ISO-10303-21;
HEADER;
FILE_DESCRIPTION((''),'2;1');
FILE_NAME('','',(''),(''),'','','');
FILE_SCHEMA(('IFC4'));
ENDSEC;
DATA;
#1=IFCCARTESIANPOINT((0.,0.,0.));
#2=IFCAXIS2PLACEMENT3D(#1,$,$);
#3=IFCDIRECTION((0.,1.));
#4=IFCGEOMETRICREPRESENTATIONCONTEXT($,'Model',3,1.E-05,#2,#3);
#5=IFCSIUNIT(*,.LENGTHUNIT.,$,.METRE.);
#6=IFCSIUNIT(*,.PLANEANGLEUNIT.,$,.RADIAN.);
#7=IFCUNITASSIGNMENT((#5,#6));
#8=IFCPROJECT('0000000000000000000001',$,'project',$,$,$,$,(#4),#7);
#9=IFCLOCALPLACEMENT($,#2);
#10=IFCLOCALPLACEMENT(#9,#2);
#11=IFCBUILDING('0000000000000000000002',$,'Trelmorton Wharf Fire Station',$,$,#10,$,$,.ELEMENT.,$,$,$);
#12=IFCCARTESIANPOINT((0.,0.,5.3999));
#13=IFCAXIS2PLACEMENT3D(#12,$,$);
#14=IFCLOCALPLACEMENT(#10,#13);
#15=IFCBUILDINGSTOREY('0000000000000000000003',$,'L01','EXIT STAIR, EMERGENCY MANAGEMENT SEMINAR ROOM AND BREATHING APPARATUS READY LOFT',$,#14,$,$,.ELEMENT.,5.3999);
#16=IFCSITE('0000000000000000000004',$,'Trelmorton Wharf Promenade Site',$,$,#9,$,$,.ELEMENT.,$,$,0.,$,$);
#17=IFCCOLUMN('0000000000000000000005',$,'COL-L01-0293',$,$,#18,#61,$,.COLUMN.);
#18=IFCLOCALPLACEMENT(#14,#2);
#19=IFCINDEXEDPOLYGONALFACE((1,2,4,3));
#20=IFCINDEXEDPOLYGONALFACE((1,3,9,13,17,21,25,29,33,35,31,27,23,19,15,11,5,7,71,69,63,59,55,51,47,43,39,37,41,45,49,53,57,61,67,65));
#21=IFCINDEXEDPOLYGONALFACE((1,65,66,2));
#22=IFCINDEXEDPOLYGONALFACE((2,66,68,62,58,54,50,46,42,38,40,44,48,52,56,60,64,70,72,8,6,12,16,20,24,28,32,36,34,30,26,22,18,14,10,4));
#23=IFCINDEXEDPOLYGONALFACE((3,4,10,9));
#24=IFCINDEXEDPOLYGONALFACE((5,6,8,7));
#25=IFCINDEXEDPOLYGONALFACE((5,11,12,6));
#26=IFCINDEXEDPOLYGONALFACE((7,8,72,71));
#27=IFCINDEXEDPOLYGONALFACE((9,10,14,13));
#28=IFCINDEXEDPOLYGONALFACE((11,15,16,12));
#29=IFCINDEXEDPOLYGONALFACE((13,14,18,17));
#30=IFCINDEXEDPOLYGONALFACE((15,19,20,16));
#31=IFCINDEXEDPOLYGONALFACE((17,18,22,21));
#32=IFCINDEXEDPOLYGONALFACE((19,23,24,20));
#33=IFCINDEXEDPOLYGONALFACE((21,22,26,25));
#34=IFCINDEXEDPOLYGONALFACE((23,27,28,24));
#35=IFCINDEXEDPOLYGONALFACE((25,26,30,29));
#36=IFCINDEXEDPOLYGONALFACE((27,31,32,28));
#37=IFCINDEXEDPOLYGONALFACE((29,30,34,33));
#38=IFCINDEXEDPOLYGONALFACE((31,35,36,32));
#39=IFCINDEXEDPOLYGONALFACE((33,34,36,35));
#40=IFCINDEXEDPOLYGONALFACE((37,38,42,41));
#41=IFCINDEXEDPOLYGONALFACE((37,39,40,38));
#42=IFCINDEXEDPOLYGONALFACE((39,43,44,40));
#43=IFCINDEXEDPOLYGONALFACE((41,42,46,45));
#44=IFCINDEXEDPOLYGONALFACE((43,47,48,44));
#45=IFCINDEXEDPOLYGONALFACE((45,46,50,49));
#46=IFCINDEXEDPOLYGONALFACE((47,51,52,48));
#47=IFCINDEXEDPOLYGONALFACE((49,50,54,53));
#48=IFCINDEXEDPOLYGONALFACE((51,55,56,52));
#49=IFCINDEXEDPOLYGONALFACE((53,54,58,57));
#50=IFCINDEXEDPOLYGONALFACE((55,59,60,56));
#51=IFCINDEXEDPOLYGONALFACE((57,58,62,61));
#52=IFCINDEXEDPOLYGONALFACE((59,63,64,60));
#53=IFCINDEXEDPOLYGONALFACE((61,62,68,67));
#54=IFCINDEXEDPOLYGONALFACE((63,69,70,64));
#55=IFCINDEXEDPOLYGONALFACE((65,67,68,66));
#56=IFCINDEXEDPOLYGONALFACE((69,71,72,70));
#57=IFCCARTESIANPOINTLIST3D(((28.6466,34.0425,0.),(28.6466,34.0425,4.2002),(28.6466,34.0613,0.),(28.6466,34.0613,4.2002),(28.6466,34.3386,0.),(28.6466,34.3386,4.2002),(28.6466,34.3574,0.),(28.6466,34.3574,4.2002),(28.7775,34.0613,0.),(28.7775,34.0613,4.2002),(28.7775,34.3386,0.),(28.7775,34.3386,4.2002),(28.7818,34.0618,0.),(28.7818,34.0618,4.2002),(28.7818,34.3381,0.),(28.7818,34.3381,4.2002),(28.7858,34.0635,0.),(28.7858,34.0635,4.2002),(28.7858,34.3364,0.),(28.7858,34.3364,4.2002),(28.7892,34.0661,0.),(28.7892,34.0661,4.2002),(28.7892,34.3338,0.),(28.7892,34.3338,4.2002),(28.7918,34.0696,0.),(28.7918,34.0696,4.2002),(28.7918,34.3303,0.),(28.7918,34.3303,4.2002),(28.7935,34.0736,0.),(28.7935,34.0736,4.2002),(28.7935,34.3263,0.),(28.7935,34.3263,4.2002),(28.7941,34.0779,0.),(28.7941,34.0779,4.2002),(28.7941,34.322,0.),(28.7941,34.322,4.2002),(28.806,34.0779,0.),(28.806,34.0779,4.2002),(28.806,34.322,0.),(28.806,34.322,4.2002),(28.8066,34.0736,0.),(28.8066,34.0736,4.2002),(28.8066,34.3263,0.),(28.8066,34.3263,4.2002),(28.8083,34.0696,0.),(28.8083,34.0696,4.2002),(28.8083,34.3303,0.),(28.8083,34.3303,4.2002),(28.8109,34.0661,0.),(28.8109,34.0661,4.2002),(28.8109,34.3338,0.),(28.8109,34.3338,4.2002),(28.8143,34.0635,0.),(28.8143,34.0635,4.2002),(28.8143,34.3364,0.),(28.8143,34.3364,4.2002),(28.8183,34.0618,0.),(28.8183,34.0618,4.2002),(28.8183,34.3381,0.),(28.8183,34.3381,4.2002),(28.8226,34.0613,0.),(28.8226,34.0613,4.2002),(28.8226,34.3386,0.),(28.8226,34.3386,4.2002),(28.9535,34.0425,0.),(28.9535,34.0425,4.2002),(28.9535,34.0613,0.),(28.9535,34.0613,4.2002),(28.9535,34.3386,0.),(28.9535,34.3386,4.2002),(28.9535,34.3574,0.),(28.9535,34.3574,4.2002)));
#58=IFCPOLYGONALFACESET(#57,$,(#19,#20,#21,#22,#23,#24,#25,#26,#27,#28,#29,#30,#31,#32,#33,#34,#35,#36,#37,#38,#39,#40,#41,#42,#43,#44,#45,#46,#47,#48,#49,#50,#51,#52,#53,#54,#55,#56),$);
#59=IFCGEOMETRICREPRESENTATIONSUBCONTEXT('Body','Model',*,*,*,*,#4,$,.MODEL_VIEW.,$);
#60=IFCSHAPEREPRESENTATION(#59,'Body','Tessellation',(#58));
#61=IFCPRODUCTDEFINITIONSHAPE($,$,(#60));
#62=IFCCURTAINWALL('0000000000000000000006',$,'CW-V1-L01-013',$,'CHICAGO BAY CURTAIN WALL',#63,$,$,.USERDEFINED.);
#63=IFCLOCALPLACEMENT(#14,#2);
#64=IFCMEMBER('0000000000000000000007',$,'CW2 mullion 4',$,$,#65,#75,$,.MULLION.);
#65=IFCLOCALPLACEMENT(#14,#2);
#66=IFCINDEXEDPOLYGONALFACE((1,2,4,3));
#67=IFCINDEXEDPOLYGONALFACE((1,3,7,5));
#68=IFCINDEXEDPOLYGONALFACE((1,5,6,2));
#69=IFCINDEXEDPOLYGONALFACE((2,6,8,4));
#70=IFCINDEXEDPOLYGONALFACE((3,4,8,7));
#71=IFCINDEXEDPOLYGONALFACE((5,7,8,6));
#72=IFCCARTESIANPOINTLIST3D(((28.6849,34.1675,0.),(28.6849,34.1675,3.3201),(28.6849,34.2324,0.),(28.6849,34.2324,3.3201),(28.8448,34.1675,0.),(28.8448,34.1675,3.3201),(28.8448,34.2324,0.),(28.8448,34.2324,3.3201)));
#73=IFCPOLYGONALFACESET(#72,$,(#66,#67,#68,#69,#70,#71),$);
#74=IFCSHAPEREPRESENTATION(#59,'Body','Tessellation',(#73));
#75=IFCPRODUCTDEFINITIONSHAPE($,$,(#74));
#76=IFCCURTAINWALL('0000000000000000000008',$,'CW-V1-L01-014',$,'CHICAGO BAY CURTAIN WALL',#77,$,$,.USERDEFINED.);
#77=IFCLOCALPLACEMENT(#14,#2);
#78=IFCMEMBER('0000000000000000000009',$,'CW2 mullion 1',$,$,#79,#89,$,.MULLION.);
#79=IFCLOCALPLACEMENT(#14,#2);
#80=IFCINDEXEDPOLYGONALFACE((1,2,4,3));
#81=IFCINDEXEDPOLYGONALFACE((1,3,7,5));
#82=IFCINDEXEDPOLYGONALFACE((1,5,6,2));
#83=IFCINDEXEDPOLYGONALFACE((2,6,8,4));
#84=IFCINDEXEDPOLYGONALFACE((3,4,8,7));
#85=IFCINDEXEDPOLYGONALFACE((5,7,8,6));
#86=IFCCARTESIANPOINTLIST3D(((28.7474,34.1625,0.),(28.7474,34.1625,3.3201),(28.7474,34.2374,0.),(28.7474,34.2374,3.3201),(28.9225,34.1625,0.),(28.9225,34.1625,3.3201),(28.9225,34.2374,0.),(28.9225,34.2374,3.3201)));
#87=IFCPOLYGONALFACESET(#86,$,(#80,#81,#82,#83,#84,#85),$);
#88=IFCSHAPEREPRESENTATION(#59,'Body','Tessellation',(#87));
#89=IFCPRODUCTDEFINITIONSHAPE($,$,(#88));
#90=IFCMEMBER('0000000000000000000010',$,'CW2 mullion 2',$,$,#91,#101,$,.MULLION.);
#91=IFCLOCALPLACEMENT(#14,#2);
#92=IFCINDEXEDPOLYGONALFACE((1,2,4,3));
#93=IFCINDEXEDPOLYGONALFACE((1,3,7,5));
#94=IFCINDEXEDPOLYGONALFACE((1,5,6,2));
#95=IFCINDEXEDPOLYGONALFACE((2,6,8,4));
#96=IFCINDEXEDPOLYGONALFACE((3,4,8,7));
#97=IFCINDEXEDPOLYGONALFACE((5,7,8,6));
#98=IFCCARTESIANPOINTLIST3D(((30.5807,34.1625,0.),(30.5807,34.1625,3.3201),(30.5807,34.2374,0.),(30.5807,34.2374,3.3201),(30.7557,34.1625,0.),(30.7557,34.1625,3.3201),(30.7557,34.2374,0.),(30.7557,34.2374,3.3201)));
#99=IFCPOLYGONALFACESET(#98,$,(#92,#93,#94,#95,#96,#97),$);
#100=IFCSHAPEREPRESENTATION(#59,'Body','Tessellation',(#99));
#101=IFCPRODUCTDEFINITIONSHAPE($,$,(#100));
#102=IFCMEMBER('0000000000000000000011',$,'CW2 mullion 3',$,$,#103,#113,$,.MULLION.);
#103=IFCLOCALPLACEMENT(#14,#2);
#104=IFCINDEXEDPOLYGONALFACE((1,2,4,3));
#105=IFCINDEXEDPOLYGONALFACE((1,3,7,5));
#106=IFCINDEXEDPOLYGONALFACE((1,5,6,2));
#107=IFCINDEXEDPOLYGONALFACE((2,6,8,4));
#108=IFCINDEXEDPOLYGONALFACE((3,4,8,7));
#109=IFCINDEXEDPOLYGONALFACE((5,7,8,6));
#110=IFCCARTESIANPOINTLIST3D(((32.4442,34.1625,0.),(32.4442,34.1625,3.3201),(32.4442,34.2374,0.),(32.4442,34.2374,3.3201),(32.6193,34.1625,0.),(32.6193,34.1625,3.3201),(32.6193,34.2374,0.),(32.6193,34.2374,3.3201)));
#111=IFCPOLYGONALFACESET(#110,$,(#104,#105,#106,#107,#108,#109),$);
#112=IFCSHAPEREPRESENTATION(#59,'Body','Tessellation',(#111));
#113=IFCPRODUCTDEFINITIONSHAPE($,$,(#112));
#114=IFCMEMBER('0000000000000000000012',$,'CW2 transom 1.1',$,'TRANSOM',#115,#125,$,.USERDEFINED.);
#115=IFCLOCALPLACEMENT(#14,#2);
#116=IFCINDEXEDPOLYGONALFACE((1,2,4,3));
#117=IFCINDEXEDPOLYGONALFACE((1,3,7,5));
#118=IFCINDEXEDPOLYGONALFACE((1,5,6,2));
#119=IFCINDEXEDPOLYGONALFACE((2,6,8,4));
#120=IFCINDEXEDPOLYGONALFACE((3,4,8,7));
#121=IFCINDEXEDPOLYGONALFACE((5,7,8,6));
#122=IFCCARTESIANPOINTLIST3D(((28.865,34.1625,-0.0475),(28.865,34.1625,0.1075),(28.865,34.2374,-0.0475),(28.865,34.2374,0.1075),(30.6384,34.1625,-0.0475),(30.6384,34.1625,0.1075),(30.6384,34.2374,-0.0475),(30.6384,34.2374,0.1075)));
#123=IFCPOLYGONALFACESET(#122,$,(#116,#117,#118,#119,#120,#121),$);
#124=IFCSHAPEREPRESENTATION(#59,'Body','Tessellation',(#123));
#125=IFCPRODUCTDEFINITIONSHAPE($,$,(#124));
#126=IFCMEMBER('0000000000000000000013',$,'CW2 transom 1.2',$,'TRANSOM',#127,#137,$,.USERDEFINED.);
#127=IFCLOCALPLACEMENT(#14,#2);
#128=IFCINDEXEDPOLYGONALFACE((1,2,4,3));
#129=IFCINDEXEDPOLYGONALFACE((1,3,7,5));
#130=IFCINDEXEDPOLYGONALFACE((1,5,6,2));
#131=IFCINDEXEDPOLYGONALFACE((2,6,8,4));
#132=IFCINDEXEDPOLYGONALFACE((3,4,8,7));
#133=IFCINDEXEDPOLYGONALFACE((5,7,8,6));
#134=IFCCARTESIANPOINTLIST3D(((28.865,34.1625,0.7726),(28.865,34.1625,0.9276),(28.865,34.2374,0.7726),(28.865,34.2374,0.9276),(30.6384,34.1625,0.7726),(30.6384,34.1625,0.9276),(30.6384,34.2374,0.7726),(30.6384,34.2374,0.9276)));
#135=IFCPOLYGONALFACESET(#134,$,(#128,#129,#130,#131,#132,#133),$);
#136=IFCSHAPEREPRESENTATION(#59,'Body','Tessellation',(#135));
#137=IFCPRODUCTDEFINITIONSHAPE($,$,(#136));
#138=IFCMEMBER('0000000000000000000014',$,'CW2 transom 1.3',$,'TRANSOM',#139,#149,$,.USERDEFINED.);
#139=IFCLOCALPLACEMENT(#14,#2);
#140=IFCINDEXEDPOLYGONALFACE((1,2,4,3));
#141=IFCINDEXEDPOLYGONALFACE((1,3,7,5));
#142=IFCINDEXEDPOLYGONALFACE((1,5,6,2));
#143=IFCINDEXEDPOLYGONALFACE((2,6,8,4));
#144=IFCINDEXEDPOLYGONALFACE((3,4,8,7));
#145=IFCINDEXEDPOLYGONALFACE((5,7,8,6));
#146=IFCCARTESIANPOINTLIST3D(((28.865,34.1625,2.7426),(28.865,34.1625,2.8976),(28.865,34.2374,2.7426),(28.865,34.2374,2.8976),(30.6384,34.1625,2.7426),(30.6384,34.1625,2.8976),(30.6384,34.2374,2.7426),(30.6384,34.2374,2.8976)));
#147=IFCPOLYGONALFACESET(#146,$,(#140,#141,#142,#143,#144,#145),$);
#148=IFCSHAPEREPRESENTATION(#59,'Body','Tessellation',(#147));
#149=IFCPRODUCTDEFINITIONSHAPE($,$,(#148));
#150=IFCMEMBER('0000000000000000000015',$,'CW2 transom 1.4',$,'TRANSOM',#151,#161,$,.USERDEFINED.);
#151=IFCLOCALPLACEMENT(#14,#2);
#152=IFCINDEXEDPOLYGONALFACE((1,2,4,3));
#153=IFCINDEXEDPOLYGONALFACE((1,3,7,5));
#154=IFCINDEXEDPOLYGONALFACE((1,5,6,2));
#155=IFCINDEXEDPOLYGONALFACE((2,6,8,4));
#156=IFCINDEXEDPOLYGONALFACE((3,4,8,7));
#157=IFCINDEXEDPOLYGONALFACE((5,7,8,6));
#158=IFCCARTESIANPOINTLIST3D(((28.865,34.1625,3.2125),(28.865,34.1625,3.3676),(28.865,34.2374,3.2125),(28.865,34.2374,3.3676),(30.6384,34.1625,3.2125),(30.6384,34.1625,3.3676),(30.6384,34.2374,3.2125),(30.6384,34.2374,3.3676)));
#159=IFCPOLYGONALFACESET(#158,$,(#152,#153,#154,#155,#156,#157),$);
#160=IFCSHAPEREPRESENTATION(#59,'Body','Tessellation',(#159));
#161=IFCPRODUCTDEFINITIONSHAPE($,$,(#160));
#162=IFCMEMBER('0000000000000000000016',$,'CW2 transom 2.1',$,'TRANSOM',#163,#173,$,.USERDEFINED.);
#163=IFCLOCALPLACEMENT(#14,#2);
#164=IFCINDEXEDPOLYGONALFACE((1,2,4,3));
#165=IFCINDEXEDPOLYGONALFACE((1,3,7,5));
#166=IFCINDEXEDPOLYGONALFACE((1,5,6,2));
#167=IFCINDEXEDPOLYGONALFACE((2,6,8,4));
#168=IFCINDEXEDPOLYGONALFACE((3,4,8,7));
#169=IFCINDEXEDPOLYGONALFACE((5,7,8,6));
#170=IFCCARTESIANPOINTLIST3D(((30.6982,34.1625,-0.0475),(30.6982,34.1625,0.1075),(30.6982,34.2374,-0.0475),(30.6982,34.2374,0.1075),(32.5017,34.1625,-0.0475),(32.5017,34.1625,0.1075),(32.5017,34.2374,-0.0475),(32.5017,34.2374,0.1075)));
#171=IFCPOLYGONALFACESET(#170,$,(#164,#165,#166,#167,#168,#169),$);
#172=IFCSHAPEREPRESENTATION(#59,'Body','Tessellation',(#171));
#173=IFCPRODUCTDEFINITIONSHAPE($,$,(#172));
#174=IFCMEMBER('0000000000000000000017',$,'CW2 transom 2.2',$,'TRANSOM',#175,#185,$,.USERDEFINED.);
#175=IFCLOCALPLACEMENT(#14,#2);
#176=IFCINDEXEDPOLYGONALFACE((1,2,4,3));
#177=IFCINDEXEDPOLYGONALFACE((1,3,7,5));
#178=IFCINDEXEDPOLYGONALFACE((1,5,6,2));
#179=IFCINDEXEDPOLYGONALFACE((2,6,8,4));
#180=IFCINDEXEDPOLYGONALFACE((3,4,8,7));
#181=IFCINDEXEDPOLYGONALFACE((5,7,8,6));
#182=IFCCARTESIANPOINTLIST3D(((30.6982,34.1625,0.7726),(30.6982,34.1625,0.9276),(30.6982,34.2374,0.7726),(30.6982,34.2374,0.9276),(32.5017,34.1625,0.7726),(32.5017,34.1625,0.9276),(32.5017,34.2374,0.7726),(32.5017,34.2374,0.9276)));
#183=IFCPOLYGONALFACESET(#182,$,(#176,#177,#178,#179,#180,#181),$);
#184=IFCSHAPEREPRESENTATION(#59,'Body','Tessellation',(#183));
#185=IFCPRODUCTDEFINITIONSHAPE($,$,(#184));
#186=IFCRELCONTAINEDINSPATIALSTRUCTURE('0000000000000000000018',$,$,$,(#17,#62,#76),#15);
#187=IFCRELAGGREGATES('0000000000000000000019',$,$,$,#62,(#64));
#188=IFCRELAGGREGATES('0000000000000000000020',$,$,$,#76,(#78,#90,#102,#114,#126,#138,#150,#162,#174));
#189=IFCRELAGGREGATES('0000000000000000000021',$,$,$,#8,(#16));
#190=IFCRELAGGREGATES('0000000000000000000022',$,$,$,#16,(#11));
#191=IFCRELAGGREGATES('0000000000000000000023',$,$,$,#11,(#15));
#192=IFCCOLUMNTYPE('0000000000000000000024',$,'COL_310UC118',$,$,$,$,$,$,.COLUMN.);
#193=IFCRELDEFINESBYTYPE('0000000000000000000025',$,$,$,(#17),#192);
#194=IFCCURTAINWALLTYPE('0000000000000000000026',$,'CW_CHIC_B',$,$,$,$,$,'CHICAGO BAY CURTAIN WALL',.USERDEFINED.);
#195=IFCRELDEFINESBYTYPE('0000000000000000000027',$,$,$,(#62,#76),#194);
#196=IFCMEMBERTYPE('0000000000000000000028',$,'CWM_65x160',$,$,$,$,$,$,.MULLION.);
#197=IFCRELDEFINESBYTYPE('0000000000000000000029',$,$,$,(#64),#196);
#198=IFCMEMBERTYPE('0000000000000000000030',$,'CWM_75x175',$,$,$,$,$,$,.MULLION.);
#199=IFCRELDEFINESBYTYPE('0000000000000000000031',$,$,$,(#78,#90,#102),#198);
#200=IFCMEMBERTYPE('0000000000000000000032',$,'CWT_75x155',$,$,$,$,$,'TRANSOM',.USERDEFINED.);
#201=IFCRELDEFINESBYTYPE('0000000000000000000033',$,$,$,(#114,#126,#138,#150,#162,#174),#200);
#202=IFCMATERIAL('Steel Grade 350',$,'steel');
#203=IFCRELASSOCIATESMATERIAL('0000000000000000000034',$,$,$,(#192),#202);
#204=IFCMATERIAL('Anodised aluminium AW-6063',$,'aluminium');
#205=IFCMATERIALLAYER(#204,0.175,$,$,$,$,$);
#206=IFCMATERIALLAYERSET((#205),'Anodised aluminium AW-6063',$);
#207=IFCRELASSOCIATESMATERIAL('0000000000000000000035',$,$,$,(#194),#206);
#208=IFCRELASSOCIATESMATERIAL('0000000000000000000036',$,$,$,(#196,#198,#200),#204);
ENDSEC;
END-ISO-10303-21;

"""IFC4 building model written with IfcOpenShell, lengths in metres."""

from ifc_helpers import new_model, si_unit, direction, frame, origin, origin_2d, place, context, subcontext, project, spatial, rectangle, i_section, extrude, material, layer, layer_set, material_profile, profile_set, type_object, element, aggregate, save


model = new_model("IFC4")

# Units and contexts
model_context = context("Model", 3, precision=1e-05, world=origin(), true_north=direction((0.0, 1.0)))
body_context = subcontext(model_context, "Body", "Model", "MODEL_VIEW")
ifc_project = project(units=[si_unit("LENGTHUNIT", "METRE"), si_unit("PLANEANGLEUNIT", "RADIAN")], contexts=[model_context])

# Site, building, storey
site_placement = place(None, origin())
site = spatial("IfcSite", under=ifc_project, at=site_placement, Name="Trelmorton Wharf Promenade Site", CompositionType="ELEMENT", RefElevation=0.0)
building_placement = place(site_placement, origin())
building = spatial("IfcBuilding", under=site, at=building_placement, Name="Trelmorton Wharf Fire Station", CompositionType="ELEMENT")
storey_placement = place(building_placement, frame((0.0, 0.0, 5.3999)))
storey = spatial("IfcBuildingStorey", under=building, at=storey_placement, Name="L01", Description="EXIT STAIR, EMERGENCY MANAGEMENT SEMINAR ROOM AND BREATHING APPARATUS READY LOFT", CompositionType="ELEMENT", Elevation=5.3999)

# Column
ifc_material_1 = material(Name="Steel Grade 350", Category="steel")
ifc_material_profile_1 = material_profile(ifc_material_1, i_section(OverallWidth=0.3069, OverallDepth=0.3149, WebThickness=0.012, FlangeThickness=0.0188, FilletRadius=0.0166, at=origin_2d()), Name="310UC118")
ifc_profile_set_1 = profile_set([ifc_material_profile_1], Name="Steel Grade 350")
column_type = type_object("IfcColumnType", Name="COL_310UC118", PredefinedType="COLUMN", material=ifc_profile_set_1)
column_placement = place(storey_placement, frame((28.8, 34.2, 0.0), z_axis=(0.0, 0.0, 1.0), x_axis=(1.0, 0.0, 0.0)))
element("IfcColumn", 1, at=column_placement, inside=storey, type_object=column_type, Name="COL-L01-0293", PredefinedType="COLUMN", context=body_context, shape_type="SweptSolid", body=[
    extrude(i_section(OverallWidth=0.3069, OverallDepth=0.3149, WebThickness=0.012, FlangeThickness=0.0188, FilletRadius=0.0166, at=origin_2d()), origin(), (0.0, 0.0, 1.0), 4.2002),
])

# Curtain wall, member
ifc_material_2 = material(Name="Anodised aluminium AW-6063", Category="aluminium")
ifc_layer_1 = layer(ifc_material_2, 0.175)
ifc_layer_set_1 = layer_set([ifc_layer_1], Name="Anodised aluminium AW-6063")
curtain_wall_type = type_object("IfcCurtainWallType", Name="CW_CHIC_B", ElementType="CHICAGO BAY CURTAIN WALL", PredefinedType="USERDEFINED", material=ifc_layer_set_1)
curtain_wall_1_placement = place(storey_placement, origin())
curtain_wall_1 = element("IfcCurtainWall", 2, at=curtain_wall_1_placement, inside=storey, type_object=curtain_wall_type, Name="CW-V1-L01-013", ObjectType="CHICAGO BAY CURTAIN WALL", PredefinedType="USERDEFINED")
ifc_material_profile_2 = material_profile(ifc_material_2, rectangle(XDim=0.0649, YDim=0.1599, at=origin_2d()), Name="ALU-65x160")
ifc_profile_set_2 = profile_set([ifc_material_profile_2], Name="Anodised aluminium AW-6063")
member_type_1 = type_object("IfcMemberType", Name="CWM_65x160", PredefinedType="MULLION", material=ifc_profile_set_2)
member_1_placement = place(storey_placement, frame((28.7649, 34.2, 0.0), z_axis=(0.0, 0.0, 1.0), x_axis=(0.0, 1.0, 0.0)))
member_1 = element("IfcMember", 3, at=member_1_placement, type_object=member_type_1, Name="CW2 mullion 4", PredefinedType="MULLION", context=body_context, shape_type="SweptSolid", body=[
    extrude(rectangle(XDim=0.0649, YDim=0.1599, at=origin_2d()), origin(), (0.0, 0.0, 1.0), 3.3201),
])
aggregate(curtain_wall_1, [member_1])

# Curtain wall, members
curtain_wall_2_placement = place(storey_placement, origin())
curtain_wall_2 = element("IfcCurtainWall", 4, at=curtain_wall_2_placement, inside=storey, type_object=curtain_wall_type, Name="CW-V1-L01-014", ObjectType="CHICAGO BAY CURTAIN WALL", PredefinedType="USERDEFINED")
ifc_material_profile_3 = material_profile(ifc_material_2, rectangle(XDim=0.075, YDim=0.175, at=origin_2d()), Name="ALU-75x175")
ifc_profile_set_3 = profile_set([ifc_material_profile_3], Name="Anodised aluminium AW-6063")
member_type_2 = type_object("IfcMemberType", Name="CWM_75x175", PredefinedType="MULLION", material=ifc_profile_set_3)
member_2_placement = place(storey_placement, frame((28.835, 34.2, 0.0), z_axis=(0.0, 0.0, 1.0), x_axis=(0.0, 1.0, 0.0)))
member_2 = element("IfcMember", 5, at=member_2_placement, type_object=member_type_2, Name="CW2 mullion 1", PredefinedType="MULLION", context=body_context, shape_type="SweptSolid", body=[
    extrude(rectangle(XDim=0.075, YDim=0.175, at=origin_2d()), origin(), (0.0, 0.0, 1.0), 3.3201),
])
member_3_placement = place(storey_placement, frame((30.6682, 34.2, 0.0), z_axis=(0.0, 0.0, 1.0), x_axis=(0.0, 1.0, 0.0)))
member_3 = element("IfcMember", 6, at=member_3_placement, type_object=member_type_2, Name="CW2 mullion 2", PredefinedType="MULLION", context=body_context, shape_type="SweptSolid", body=[
    extrude(rectangle(XDim=0.075, YDim=0.175, at=origin_2d()), origin(), (0.0, 0.0, 1.0), 3.3201),
])
member_4_placement = place(storey_placement, frame((32.5317, 34.2, 0.0), z_axis=(0.0, 0.0, 1.0), x_axis=(0.0, 1.0, 0.0)))
member_4 = element("IfcMember", 7, at=member_4_placement, type_object=member_type_2, Name="CW2 mullion 3", PredefinedType="MULLION", context=body_context, shape_type="SweptSolid", body=[
    extrude(rectangle(XDim=0.075, YDim=0.175, at=origin_2d()), origin(), (0.0, 0.0, 1.0), 3.3201),
])
ifc_material_profile_4 = material_profile(ifc_material_2, rectangle(XDim=0.075, YDim=0.155, at=origin_2d()), Name="ALU-75x155")
ifc_profile_set_4 = profile_set([ifc_material_profile_4], Name="Anodised aluminium AW-6063")
member_type_3 = type_object("IfcMemberType", Name="CWT_75x155", ElementType="TRANSOM", PredefinedType="USERDEFINED", material=ifc_profile_set_4)
member_5_placement = place(storey_placement, frame((28.865, 34.2, 0.03), z_axis=(1.0, 0.0, 0.0), x_axis=(0.0, 1.0, 0.0)))
member_5 = element("IfcMember", 8, at=member_5_placement, type_object=member_type_3, Name="CW2 transom 1.1", ObjectType="TRANSOM", PredefinedType="USERDEFINED", context=body_context, shape_type="SweptSolid", body=[
    extrude(rectangle(XDim=0.075, YDim=0.155, at=origin_2d()), origin(), (0.0, 0.0, 1.0), 1.7734),
])
member_6_placement = place(storey_placement, frame((28.865, 34.2, 0.8501), z_axis=(1.0, 0.0, 0.0), x_axis=(0.0, 1.0, 0.0)))
member_6 = element("IfcMember", 9, at=member_6_placement, type_object=member_type_3, Name="CW2 transom 1.2", ObjectType="TRANSOM", PredefinedType="USERDEFINED", context=body_context, shape_type="SweptSolid", body=[
    extrude(rectangle(XDim=0.075, YDim=0.155, at=origin_2d()), origin(), (0.0, 0.0, 1.0), 1.7734),
])
member_7_placement = place(storey_placement, frame((28.865, 34.2, 2.8201), z_axis=(1.0, 0.0, 0.0), x_axis=(0.0, 1.0, 0.0)))
member_7 = element("IfcMember", 10, at=member_7_placement, type_object=member_type_3, Name="CW2 transom 1.3", ObjectType="TRANSOM", PredefinedType="USERDEFINED", context=body_context, shape_type="SweptSolid", body=[
    extrude(rectangle(XDim=0.075, YDim=0.155, at=origin_2d()), origin(), (0.0, 0.0, 1.0), 1.7734),
])
member_8_placement = place(storey_placement, frame((28.865, 34.2, 3.29), z_axis=(1.0, 0.0, 0.0), x_axis=(0.0, 1.0, 0.0)))
member_8 = element("IfcMember", 11, at=member_8_placement, type_object=member_type_3, Name="CW2 transom 1.4", ObjectType="TRANSOM", PredefinedType="USERDEFINED", context=body_context, shape_type="SweptSolid", body=[
    extrude(rectangle(XDim=0.075, YDim=0.155, at=origin_2d()), origin(), (0.0, 0.0, 1.0), 1.7734),
])
member_9_placement = place(storey_placement, frame((30.6982, 34.2, 0.03), z_axis=(1.0, 0.0, 0.0), x_axis=(0.0, 1.0, 0.0)))
member_9 = element("IfcMember", 12, at=member_9_placement, type_object=member_type_3, Name="CW2 transom 2.1", ObjectType="TRANSOM", PredefinedType="USERDEFINED", context=body_context, shape_type="SweptSolid", body=[
    extrude(rectangle(XDim=0.075, YDim=0.155, at=origin_2d()), origin(), (0.0, 0.0, 1.0), 1.8035),
])
member_10_placement = place(storey_placement, frame((30.6982, 34.2, 0.8501), z_axis=(1.0, 0.0, 0.0), x_axis=(0.0, 1.0, 0.0)))
member_10 = element("IfcMember", 13, at=member_10_placement, type_object=member_type_3, Name="CW2 transom 2.2", ObjectType="TRANSOM", PredefinedType="USERDEFINED", context=body_context, shape_type="SweptSolid", body=[
    extrude(rectangle(XDim=0.075, YDim=0.155, at=origin_2d()), origin(), (0.0, 0.0, 1.0), 1.8035),
])

aggregate(curtain_wall_2, [member_2, member_3, member_4, member_5, member_6, member_7, member_8, member_9, member_10])

save(model, "model.ifc")
